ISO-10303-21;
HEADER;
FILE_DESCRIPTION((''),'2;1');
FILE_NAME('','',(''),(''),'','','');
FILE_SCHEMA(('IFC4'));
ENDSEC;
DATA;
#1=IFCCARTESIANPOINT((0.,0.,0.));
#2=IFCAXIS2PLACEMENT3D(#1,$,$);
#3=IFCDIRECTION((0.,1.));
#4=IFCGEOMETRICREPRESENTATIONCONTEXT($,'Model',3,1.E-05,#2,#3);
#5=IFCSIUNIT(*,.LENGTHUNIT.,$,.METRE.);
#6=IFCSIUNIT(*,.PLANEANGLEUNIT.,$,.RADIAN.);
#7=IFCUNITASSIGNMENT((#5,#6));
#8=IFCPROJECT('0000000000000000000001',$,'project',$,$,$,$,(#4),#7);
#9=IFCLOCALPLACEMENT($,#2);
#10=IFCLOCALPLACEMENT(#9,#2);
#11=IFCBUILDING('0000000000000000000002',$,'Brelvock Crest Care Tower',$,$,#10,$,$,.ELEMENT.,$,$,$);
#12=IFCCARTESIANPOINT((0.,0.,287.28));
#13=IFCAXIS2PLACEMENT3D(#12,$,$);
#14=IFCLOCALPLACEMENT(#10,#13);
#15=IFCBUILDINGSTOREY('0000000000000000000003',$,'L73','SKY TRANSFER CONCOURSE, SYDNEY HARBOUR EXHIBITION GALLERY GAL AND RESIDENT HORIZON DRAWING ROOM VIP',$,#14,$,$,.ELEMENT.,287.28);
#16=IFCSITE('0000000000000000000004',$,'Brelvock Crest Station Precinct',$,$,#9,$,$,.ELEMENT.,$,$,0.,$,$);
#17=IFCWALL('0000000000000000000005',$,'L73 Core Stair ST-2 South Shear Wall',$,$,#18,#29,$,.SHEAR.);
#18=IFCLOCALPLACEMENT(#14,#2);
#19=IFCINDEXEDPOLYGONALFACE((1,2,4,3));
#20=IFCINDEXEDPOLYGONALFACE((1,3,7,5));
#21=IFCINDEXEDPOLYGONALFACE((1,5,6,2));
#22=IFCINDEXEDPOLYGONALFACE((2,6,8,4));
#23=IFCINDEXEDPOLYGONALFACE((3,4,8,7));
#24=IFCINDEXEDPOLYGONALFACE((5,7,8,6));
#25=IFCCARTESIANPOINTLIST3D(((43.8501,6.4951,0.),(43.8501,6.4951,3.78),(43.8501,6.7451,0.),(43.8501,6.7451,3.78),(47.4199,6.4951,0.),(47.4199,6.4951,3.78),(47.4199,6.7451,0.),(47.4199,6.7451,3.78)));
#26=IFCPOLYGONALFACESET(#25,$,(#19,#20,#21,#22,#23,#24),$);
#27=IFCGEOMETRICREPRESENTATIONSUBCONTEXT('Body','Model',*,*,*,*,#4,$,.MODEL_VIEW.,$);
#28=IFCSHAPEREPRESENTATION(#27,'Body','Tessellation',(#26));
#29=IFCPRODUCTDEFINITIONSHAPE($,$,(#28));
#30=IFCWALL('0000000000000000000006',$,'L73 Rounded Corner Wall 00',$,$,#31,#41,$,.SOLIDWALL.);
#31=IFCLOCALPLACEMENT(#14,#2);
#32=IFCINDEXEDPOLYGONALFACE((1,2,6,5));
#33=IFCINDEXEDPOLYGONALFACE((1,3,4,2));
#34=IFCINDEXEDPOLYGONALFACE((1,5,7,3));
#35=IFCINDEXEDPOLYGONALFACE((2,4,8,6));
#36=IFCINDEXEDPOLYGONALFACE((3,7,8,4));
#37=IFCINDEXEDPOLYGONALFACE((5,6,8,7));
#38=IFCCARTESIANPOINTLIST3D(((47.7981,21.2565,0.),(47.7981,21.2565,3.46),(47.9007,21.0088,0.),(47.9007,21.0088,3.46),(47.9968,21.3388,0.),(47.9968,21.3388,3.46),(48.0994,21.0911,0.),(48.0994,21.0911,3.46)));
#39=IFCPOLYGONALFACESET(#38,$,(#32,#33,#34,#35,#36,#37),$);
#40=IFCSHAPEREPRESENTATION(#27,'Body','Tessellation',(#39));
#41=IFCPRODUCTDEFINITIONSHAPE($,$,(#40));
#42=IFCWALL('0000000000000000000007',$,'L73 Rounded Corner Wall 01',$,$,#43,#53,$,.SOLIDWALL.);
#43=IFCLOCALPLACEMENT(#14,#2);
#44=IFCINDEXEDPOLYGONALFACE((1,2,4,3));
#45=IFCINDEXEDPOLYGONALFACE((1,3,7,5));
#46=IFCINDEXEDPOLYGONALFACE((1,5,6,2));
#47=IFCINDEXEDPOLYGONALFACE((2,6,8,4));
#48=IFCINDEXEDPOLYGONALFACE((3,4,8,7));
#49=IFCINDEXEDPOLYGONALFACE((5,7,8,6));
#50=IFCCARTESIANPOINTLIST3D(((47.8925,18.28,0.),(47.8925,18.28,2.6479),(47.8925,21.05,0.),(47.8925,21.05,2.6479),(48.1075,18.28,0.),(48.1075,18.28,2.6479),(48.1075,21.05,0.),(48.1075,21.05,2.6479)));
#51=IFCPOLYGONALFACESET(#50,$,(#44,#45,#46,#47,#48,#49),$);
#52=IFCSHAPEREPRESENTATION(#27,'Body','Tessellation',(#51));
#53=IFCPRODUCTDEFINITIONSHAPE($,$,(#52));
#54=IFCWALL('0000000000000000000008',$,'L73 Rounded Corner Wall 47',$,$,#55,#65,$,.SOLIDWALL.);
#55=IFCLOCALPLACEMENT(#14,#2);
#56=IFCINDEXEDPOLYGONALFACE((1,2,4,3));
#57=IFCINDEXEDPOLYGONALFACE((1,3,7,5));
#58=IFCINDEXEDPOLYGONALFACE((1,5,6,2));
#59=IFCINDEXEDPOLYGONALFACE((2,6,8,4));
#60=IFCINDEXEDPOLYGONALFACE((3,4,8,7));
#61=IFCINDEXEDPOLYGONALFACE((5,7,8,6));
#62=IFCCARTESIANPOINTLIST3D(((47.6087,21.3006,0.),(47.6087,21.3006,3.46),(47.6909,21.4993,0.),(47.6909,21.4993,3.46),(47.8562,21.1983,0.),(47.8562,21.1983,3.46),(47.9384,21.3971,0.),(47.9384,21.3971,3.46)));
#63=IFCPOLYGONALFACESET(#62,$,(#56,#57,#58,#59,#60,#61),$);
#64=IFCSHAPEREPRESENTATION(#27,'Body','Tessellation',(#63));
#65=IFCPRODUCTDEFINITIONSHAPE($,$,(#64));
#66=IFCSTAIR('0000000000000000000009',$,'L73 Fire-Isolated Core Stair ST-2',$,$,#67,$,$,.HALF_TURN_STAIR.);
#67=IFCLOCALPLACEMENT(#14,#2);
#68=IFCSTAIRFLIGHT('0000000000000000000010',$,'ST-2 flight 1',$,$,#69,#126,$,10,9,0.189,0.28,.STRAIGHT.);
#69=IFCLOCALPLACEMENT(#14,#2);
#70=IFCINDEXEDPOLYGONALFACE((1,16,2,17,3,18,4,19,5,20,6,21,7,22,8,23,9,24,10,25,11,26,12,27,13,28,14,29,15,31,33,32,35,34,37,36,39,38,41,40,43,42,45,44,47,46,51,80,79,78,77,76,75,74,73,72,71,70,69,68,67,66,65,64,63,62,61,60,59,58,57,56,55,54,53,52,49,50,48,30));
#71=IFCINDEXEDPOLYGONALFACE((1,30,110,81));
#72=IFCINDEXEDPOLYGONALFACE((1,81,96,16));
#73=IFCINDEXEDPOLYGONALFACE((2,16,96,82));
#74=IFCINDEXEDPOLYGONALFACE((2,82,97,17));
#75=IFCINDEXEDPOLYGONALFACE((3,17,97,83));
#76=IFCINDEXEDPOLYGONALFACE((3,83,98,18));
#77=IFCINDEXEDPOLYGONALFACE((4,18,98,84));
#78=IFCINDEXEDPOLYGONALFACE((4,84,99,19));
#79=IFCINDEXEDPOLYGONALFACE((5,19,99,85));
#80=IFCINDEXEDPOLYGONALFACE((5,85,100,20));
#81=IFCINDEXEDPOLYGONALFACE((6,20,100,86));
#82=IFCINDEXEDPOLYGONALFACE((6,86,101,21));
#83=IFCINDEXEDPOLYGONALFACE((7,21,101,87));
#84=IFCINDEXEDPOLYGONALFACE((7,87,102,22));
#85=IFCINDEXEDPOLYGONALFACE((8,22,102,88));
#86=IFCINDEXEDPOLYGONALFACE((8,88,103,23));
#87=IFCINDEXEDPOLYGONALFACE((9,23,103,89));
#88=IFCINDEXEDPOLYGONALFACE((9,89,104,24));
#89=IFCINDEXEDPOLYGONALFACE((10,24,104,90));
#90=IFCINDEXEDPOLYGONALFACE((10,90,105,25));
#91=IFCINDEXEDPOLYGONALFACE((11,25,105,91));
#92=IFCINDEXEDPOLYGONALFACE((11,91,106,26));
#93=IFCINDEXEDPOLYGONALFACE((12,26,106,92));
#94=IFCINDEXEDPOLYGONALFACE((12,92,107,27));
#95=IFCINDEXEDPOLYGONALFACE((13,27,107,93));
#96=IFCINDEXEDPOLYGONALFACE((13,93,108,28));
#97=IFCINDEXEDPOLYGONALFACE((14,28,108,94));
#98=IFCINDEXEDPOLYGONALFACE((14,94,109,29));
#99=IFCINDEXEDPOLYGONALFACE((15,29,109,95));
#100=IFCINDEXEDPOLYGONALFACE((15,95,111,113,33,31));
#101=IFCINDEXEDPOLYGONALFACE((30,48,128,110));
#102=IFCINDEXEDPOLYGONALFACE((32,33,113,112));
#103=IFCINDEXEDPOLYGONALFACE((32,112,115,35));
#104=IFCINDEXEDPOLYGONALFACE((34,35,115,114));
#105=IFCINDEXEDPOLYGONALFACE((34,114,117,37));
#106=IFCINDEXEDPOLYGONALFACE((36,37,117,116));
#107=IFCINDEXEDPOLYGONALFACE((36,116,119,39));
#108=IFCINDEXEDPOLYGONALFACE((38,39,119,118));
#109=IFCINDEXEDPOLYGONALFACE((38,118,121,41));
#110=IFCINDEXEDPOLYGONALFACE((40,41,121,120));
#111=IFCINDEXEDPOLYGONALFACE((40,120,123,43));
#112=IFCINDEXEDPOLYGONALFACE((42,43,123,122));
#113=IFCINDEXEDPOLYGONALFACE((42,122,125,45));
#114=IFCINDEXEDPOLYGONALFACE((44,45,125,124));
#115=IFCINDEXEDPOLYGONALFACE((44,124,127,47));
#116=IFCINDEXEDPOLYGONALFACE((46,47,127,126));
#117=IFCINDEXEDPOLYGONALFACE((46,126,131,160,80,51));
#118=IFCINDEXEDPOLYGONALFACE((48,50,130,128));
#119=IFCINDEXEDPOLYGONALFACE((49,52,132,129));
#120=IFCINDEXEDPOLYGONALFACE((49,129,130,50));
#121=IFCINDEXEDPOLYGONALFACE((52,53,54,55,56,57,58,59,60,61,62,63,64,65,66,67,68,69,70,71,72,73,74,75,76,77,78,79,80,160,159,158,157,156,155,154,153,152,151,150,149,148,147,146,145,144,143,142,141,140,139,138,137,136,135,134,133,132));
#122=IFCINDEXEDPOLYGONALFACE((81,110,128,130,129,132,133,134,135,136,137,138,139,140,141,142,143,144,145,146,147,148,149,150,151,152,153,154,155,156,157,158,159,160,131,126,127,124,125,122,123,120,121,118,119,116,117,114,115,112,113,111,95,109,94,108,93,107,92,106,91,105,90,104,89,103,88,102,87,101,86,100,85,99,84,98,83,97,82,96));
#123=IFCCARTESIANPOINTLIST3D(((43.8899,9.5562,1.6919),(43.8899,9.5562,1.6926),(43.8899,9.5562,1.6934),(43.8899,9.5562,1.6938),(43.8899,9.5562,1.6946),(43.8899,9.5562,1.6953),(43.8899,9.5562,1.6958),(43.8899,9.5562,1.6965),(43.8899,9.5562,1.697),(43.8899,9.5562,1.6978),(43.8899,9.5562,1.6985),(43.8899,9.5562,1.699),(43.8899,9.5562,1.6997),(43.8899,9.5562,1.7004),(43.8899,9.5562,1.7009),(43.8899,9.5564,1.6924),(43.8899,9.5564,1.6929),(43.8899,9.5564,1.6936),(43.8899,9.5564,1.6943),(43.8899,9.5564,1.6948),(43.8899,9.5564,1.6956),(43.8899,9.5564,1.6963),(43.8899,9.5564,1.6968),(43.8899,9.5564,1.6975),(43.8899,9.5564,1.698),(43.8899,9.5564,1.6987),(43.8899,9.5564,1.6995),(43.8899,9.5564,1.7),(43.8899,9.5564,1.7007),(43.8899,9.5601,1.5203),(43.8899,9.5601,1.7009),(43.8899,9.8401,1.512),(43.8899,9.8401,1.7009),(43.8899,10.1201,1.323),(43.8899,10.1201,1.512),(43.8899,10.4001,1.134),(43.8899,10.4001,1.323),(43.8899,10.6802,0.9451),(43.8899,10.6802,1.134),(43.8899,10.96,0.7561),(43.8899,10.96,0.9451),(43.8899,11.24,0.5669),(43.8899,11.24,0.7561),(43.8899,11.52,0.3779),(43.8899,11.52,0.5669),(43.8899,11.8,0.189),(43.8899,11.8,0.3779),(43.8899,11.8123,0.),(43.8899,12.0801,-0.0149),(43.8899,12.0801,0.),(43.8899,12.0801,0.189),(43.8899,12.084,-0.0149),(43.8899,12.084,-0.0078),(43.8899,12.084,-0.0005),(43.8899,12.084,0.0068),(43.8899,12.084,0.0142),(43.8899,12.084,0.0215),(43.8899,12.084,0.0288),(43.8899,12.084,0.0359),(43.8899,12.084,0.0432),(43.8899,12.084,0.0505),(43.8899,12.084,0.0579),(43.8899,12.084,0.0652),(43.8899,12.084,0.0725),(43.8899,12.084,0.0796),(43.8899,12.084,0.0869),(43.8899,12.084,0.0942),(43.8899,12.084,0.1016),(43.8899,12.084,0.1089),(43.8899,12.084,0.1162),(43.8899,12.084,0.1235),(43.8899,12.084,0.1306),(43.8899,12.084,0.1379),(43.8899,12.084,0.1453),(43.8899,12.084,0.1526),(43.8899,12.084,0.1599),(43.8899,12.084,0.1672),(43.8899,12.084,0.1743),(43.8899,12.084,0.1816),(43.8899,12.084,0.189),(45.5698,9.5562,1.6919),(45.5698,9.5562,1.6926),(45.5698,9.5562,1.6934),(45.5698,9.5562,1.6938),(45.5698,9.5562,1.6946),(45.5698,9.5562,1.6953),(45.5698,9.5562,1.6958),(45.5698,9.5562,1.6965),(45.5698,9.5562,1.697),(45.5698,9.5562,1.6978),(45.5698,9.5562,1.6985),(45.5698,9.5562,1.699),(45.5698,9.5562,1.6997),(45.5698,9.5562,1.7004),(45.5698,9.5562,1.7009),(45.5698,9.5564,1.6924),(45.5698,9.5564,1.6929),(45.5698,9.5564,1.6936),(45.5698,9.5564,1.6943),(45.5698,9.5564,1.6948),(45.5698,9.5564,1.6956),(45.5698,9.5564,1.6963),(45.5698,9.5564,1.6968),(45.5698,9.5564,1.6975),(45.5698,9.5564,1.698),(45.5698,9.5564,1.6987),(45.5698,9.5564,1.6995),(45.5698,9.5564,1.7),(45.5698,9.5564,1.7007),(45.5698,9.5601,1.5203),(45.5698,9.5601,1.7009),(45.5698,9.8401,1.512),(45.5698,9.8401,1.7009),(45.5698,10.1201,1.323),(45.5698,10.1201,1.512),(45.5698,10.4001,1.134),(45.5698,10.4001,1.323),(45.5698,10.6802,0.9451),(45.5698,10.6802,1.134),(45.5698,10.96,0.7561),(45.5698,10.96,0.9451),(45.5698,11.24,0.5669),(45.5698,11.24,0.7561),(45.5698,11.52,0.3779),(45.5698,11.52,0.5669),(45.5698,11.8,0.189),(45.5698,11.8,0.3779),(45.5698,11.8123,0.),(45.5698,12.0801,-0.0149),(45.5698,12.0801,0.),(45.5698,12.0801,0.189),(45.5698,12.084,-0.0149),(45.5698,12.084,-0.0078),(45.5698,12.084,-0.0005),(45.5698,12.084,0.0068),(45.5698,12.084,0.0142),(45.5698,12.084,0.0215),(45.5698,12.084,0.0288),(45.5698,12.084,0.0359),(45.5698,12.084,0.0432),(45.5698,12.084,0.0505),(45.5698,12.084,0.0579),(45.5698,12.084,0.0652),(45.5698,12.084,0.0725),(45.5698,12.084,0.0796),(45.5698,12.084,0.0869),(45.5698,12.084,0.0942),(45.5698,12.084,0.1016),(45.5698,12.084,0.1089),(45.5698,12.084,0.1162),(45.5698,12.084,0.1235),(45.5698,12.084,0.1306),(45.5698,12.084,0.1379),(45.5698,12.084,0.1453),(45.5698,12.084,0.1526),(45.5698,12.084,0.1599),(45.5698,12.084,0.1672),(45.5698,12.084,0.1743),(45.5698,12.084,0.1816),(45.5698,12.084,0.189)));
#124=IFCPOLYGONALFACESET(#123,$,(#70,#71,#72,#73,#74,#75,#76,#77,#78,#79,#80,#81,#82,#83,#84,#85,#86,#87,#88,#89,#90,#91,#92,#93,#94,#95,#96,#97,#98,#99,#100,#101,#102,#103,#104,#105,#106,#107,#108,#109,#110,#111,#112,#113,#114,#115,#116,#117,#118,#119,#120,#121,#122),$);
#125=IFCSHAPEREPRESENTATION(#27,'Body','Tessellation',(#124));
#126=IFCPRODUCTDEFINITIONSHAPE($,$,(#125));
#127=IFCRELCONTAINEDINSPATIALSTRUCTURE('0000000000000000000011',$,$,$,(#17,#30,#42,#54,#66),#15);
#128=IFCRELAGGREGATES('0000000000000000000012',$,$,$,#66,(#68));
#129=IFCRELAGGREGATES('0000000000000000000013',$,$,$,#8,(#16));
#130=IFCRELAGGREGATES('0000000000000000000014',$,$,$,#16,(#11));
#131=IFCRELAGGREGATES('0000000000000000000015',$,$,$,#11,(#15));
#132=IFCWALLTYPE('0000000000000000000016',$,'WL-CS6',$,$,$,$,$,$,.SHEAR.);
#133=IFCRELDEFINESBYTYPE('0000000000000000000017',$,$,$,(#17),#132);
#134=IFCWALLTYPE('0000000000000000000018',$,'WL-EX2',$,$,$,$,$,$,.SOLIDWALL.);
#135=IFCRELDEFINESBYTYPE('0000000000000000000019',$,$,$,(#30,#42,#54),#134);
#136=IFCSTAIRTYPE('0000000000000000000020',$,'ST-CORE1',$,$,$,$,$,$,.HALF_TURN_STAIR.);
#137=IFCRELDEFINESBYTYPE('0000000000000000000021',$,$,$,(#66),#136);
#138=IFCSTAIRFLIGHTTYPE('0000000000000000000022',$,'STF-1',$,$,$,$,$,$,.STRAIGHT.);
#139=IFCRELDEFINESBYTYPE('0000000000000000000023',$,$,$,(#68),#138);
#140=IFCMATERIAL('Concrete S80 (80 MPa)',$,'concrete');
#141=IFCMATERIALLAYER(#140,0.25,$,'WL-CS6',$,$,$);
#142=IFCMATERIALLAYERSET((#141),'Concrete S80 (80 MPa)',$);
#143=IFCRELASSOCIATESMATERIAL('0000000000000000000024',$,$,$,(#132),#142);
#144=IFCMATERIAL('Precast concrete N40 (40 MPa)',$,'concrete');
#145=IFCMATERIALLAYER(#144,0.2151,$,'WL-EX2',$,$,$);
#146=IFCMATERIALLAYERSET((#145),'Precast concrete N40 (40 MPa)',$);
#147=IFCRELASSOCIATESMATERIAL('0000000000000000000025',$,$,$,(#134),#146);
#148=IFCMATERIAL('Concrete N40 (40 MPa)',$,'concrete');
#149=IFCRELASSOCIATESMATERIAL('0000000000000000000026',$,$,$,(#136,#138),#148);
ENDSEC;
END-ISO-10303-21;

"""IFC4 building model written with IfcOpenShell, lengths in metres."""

from ifc_helpers import new_model, si_unit, direction, frame, frame_2d, origin, place, context, subcontext, project, spatial, polyline, rectangle, outline, extrude, material, layer, layer_set, type_object, element, aggregate, save


model = new_model("IFC4")

# Units and contexts
model_context = context("Model", 3, precision=1e-05, world=origin(), true_north=direction((0.0, 1.0)))
body_context = subcontext(model_context, "Body", "Model", "MODEL_VIEW")
ifc_project = project(units=[si_unit("LENGTHUNIT", "METRE"), si_unit("PLANEANGLEUNIT", "RADIAN")], contexts=[model_context])

# Site, building, storey
site_placement = place(None, origin())
site = spatial("IfcSite", under=ifc_project, at=site_placement, Name="Brelvock Crest Station Precinct", CompositionType="ELEMENT", RefElevation=0.0)
building_placement = place(site_placement, origin())
building = spatial("IfcBuilding", under=site, at=building_placement, Name="Brelvock Crest Care Tower", CompositionType="ELEMENT")
storey_placement = place(building_placement, frame((0.0, 0.0, 287.28)))
storey = spatial("IfcBuildingStorey", under=building, at=storey_placement, Name="L73", Description="SKY TRANSFER CONCOURSE, SYDNEY HARBOUR EXHIBITION GALLERY GAL AND RESIDENT HORIZON DRAWING ROOM VIP", CompositionType="ELEMENT", Elevation=287.28)

# Walls
ifc_material_1 = material(Name="Concrete S80 (80 MPa)", Category="concrete")
ifc_layer_1 = layer(ifc_material_1, 0.25, Name="WL-CS6")
ifc_layer_set_1 = layer_set([ifc_layer_1], Name="Concrete S80 (80 MPa)")
wall_type_1 = type_object("IfcWallType", Name="WL-CS6", PredefinedType="SHEAR", material=ifc_layer_set_1)
wall_1_placement = place(storey_placement, frame((43.8501, 6.6201, 0.0), z_axis=(0.0, 0.0, 1.0), x_axis=(1.0, 0.0, 0.0)))
element("IfcWall", 1, at=wall_1_placement, inside=storey, type_object=wall_type_1, Name="L73 Core Stair ST-2 South Shear Wall", PredefinedType="SHEAR", context=body_context, shape_type="SweptSolid", body=[
    extrude(rectangle(XDim=3.5698, YDim=0.25, at=frame_2d((1.7849, 0.0))), origin(), (0.0, 0.0, 1.0), 3.78),
])
ifc_material_2 = material(Name="Precast concrete N40 (40 MPa)", Category="concrete")
ifc_layer_2 = layer(ifc_material_2, 0.2151, Name="WL-EX2")
ifc_layer_set_2 = layer_set([ifc_layer_2], Name="Precast concrete N40 (40 MPa)")
wall_type_2 = type_object("IfcWallType", Name="WL-EX2", PredefinedType="SOLIDWALL", material=ifc_layer_set_2)
wall_2_placement = place(storey_placement, frame((47.8975, 21.2976, 0.0), z_axis=(0.0, 0.0, 1.0), x_axis=(0.382674, -0.923884, 0.0)))
element("IfcWall", 2, at=wall_2_placement, inside=storey, type_object=wall_type_2, Name="L73 Rounded Corner Wall 00", PredefinedType="SOLIDWALL", context=body_context, shape_type="SweptSolid", body=[
    extrude(rectangle(XDim=0.2681, YDim=0.2151, at=frame_2d((0.134, 0.0))), origin(), (0.0, 0.0, 1.0), 3.46),
])
wall_3_placement = place(storey_placement, frame((48.0, 21.05, 0.0), z_axis=(0.0, 0.0, 1.0), x_axis=(0.0, -1.0, 0.0)))
element("IfcWall", 3, at=wall_3_placement, inside=storey, type_object=wall_type_2, Name="L73 Rounded Corner Wall 01", PredefinedType="SOLIDWALL", context=body_context, shape_type="SweptSolid", body=[
    extrude(rectangle(XDim=2.77, YDim=0.2151, at=frame_2d((1.385, 0.0))), origin(), (0.0, 0.0, 1.0), 2.6479),
])
wall_4_placement = place(storey_placement, frame((47.6499, 21.3999, 0.0), z_axis=(0.0, 0.0, 1.0), x_axis=(0.924205, -0.381896, 0.0)))
element("IfcWall", 4, at=wall_4_placement, inside=storey, type_object=wall_type_2, Name="L73 Rounded Corner Wall 47", PredefinedType="SOLIDWALL", context=body_context, shape_type="SweptSolid", body=[
    extrude(rectangle(XDim=0.2678, YDim=0.2151, at=frame_2d((0.1338, 0.0))), origin(), (0.0, 0.0, 1.0), 3.46),
])

# Stair, stair flight
ifc_material_3 = material(Name="Concrete N40 (40 MPa)", Category="concrete")
stair_type = type_object("IfcStairType", Name="ST-CORE1", PredefinedType="HALF_TURN_STAIR", material=ifc_material_3)
stair_placement = place(storey_placement, origin())
stair = element("IfcStair", 5, at=stair_placement, inside=storey, type_object=stair_type, Name="L73 Fire-Isolated Core Stair ST-2", PredefinedType="HALF_TURN_STAIR")
stair_flight_type = type_object("IfcStairFlightType", Name="STF-1", PredefinedType="STRAIGHT", material=ifc_material_3)
stair_flight_1_placement = place(storey_placement, frame((44.73, 12.0801, 0.0), z_axis=(0.0, 0.0, 1.0), x_axis=(0.0, -1.0, 0.0)))
stair_flight_1 = element("IfcStairFlight", 6, at=stair_flight_1_placement, type_object=stair_flight_type, Name="ST-2 flight 1", NumberOfRisers=10, NumberOfTreads=9, PredefinedType="STRAIGHT", RiserHeight=0.189, TreadLength=0.28, context=body_context, shape_type="SweptSolid", body=[
    extrude(outline(polyline([(-0.0039, -0.0149), (-0.0039, -0.0078), (-0.0039, -0.0005), (-0.0039, 0.0068), (-0.0039, 0.0142), (-0.0039, 0.0215), (-0.0039, 0.0288), (-0.0039, 0.0359), (-0.0039, 0.0432), (-0.0039, 0.0505), (-0.0039, 0.0579), (-0.0039, 0.0652), (-0.0039, 0.0725), (-0.0039, 0.0796), (-0.0039, 0.0869), (-0.0039, 0.0942), (-0.0039, 0.1016), (-0.0039, 0.1089), (-0.0039, 0.1162), (-0.0039, 0.1235), (-0.0039, 0.1306), (-0.0039, 0.1379), (-0.0039, 0.1453), (-0.0039, 0.1526), (-0.0039, 0.1599), (-0.0039, 0.1672), (-0.0039, 0.1743), (-0.0039, 0.1816), (-0.0039, 0.189), (0.0, 0.189), (0.28, 0.189), (0.28, 0.3779), (0.5601, 0.3779), (0.5601, 0.5669), (0.8401, 0.5669), (0.8401, 0.7561), (1.1201, 0.7561), (1.1201, 0.9451), (1.3999, 0.9451), (1.3999, 1.134), (1.6799, 1.134), (1.6799, 1.323), (1.96, 1.323), (1.96, 1.512), (2.24, 1.512), (2.24, 1.7009), (2.52, 1.7009), (2.5239, 1.7009), (2.5237, 1.7007), (2.5239, 1.7004), (2.5237, 1.7), (2.5239, 1.6997), (2.5237, 1.6995), (2.5239, 1.699), (2.5237, 1.6987), (2.5239, 1.6985), (2.5237, 1.698), (2.5239, 1.6978), (2.5237, 1.6975), (2.5239, 1.697), (2.5237, 1.6968), (2.5239, 1.6965), (2.5237, 1.6963), (2.5239, 1.6958), (2.5237, 1.6956), (2.5239, 1.6953), (2.5237, 1.6948), (2.5239, 1.6946), (2.5237, 1.6943), (2.5239, 1.6938), (2.5237, 1.6936), (2.5239, 1.6934), (2.5237, 1.6929), (2.5239, 1.6926), (2.5237, 1.6924), (2.5239, 1.6919), (2.52, 1.5203), (0.2678, 0.0), (0.0, 0.0), (0.0, -0.0149), (-0.0039, -0.0149)])), frame((0.0, 0.8398, 0.0), z_axis=(0.0, -1.0, 0.0), x_axis=(1.0, 0.0, 0.0)), (0.0, 0.0, 1.0), 1.6799),
])
aggregate(stair, [stair_flight_1])

save(model, "model.ifc")
